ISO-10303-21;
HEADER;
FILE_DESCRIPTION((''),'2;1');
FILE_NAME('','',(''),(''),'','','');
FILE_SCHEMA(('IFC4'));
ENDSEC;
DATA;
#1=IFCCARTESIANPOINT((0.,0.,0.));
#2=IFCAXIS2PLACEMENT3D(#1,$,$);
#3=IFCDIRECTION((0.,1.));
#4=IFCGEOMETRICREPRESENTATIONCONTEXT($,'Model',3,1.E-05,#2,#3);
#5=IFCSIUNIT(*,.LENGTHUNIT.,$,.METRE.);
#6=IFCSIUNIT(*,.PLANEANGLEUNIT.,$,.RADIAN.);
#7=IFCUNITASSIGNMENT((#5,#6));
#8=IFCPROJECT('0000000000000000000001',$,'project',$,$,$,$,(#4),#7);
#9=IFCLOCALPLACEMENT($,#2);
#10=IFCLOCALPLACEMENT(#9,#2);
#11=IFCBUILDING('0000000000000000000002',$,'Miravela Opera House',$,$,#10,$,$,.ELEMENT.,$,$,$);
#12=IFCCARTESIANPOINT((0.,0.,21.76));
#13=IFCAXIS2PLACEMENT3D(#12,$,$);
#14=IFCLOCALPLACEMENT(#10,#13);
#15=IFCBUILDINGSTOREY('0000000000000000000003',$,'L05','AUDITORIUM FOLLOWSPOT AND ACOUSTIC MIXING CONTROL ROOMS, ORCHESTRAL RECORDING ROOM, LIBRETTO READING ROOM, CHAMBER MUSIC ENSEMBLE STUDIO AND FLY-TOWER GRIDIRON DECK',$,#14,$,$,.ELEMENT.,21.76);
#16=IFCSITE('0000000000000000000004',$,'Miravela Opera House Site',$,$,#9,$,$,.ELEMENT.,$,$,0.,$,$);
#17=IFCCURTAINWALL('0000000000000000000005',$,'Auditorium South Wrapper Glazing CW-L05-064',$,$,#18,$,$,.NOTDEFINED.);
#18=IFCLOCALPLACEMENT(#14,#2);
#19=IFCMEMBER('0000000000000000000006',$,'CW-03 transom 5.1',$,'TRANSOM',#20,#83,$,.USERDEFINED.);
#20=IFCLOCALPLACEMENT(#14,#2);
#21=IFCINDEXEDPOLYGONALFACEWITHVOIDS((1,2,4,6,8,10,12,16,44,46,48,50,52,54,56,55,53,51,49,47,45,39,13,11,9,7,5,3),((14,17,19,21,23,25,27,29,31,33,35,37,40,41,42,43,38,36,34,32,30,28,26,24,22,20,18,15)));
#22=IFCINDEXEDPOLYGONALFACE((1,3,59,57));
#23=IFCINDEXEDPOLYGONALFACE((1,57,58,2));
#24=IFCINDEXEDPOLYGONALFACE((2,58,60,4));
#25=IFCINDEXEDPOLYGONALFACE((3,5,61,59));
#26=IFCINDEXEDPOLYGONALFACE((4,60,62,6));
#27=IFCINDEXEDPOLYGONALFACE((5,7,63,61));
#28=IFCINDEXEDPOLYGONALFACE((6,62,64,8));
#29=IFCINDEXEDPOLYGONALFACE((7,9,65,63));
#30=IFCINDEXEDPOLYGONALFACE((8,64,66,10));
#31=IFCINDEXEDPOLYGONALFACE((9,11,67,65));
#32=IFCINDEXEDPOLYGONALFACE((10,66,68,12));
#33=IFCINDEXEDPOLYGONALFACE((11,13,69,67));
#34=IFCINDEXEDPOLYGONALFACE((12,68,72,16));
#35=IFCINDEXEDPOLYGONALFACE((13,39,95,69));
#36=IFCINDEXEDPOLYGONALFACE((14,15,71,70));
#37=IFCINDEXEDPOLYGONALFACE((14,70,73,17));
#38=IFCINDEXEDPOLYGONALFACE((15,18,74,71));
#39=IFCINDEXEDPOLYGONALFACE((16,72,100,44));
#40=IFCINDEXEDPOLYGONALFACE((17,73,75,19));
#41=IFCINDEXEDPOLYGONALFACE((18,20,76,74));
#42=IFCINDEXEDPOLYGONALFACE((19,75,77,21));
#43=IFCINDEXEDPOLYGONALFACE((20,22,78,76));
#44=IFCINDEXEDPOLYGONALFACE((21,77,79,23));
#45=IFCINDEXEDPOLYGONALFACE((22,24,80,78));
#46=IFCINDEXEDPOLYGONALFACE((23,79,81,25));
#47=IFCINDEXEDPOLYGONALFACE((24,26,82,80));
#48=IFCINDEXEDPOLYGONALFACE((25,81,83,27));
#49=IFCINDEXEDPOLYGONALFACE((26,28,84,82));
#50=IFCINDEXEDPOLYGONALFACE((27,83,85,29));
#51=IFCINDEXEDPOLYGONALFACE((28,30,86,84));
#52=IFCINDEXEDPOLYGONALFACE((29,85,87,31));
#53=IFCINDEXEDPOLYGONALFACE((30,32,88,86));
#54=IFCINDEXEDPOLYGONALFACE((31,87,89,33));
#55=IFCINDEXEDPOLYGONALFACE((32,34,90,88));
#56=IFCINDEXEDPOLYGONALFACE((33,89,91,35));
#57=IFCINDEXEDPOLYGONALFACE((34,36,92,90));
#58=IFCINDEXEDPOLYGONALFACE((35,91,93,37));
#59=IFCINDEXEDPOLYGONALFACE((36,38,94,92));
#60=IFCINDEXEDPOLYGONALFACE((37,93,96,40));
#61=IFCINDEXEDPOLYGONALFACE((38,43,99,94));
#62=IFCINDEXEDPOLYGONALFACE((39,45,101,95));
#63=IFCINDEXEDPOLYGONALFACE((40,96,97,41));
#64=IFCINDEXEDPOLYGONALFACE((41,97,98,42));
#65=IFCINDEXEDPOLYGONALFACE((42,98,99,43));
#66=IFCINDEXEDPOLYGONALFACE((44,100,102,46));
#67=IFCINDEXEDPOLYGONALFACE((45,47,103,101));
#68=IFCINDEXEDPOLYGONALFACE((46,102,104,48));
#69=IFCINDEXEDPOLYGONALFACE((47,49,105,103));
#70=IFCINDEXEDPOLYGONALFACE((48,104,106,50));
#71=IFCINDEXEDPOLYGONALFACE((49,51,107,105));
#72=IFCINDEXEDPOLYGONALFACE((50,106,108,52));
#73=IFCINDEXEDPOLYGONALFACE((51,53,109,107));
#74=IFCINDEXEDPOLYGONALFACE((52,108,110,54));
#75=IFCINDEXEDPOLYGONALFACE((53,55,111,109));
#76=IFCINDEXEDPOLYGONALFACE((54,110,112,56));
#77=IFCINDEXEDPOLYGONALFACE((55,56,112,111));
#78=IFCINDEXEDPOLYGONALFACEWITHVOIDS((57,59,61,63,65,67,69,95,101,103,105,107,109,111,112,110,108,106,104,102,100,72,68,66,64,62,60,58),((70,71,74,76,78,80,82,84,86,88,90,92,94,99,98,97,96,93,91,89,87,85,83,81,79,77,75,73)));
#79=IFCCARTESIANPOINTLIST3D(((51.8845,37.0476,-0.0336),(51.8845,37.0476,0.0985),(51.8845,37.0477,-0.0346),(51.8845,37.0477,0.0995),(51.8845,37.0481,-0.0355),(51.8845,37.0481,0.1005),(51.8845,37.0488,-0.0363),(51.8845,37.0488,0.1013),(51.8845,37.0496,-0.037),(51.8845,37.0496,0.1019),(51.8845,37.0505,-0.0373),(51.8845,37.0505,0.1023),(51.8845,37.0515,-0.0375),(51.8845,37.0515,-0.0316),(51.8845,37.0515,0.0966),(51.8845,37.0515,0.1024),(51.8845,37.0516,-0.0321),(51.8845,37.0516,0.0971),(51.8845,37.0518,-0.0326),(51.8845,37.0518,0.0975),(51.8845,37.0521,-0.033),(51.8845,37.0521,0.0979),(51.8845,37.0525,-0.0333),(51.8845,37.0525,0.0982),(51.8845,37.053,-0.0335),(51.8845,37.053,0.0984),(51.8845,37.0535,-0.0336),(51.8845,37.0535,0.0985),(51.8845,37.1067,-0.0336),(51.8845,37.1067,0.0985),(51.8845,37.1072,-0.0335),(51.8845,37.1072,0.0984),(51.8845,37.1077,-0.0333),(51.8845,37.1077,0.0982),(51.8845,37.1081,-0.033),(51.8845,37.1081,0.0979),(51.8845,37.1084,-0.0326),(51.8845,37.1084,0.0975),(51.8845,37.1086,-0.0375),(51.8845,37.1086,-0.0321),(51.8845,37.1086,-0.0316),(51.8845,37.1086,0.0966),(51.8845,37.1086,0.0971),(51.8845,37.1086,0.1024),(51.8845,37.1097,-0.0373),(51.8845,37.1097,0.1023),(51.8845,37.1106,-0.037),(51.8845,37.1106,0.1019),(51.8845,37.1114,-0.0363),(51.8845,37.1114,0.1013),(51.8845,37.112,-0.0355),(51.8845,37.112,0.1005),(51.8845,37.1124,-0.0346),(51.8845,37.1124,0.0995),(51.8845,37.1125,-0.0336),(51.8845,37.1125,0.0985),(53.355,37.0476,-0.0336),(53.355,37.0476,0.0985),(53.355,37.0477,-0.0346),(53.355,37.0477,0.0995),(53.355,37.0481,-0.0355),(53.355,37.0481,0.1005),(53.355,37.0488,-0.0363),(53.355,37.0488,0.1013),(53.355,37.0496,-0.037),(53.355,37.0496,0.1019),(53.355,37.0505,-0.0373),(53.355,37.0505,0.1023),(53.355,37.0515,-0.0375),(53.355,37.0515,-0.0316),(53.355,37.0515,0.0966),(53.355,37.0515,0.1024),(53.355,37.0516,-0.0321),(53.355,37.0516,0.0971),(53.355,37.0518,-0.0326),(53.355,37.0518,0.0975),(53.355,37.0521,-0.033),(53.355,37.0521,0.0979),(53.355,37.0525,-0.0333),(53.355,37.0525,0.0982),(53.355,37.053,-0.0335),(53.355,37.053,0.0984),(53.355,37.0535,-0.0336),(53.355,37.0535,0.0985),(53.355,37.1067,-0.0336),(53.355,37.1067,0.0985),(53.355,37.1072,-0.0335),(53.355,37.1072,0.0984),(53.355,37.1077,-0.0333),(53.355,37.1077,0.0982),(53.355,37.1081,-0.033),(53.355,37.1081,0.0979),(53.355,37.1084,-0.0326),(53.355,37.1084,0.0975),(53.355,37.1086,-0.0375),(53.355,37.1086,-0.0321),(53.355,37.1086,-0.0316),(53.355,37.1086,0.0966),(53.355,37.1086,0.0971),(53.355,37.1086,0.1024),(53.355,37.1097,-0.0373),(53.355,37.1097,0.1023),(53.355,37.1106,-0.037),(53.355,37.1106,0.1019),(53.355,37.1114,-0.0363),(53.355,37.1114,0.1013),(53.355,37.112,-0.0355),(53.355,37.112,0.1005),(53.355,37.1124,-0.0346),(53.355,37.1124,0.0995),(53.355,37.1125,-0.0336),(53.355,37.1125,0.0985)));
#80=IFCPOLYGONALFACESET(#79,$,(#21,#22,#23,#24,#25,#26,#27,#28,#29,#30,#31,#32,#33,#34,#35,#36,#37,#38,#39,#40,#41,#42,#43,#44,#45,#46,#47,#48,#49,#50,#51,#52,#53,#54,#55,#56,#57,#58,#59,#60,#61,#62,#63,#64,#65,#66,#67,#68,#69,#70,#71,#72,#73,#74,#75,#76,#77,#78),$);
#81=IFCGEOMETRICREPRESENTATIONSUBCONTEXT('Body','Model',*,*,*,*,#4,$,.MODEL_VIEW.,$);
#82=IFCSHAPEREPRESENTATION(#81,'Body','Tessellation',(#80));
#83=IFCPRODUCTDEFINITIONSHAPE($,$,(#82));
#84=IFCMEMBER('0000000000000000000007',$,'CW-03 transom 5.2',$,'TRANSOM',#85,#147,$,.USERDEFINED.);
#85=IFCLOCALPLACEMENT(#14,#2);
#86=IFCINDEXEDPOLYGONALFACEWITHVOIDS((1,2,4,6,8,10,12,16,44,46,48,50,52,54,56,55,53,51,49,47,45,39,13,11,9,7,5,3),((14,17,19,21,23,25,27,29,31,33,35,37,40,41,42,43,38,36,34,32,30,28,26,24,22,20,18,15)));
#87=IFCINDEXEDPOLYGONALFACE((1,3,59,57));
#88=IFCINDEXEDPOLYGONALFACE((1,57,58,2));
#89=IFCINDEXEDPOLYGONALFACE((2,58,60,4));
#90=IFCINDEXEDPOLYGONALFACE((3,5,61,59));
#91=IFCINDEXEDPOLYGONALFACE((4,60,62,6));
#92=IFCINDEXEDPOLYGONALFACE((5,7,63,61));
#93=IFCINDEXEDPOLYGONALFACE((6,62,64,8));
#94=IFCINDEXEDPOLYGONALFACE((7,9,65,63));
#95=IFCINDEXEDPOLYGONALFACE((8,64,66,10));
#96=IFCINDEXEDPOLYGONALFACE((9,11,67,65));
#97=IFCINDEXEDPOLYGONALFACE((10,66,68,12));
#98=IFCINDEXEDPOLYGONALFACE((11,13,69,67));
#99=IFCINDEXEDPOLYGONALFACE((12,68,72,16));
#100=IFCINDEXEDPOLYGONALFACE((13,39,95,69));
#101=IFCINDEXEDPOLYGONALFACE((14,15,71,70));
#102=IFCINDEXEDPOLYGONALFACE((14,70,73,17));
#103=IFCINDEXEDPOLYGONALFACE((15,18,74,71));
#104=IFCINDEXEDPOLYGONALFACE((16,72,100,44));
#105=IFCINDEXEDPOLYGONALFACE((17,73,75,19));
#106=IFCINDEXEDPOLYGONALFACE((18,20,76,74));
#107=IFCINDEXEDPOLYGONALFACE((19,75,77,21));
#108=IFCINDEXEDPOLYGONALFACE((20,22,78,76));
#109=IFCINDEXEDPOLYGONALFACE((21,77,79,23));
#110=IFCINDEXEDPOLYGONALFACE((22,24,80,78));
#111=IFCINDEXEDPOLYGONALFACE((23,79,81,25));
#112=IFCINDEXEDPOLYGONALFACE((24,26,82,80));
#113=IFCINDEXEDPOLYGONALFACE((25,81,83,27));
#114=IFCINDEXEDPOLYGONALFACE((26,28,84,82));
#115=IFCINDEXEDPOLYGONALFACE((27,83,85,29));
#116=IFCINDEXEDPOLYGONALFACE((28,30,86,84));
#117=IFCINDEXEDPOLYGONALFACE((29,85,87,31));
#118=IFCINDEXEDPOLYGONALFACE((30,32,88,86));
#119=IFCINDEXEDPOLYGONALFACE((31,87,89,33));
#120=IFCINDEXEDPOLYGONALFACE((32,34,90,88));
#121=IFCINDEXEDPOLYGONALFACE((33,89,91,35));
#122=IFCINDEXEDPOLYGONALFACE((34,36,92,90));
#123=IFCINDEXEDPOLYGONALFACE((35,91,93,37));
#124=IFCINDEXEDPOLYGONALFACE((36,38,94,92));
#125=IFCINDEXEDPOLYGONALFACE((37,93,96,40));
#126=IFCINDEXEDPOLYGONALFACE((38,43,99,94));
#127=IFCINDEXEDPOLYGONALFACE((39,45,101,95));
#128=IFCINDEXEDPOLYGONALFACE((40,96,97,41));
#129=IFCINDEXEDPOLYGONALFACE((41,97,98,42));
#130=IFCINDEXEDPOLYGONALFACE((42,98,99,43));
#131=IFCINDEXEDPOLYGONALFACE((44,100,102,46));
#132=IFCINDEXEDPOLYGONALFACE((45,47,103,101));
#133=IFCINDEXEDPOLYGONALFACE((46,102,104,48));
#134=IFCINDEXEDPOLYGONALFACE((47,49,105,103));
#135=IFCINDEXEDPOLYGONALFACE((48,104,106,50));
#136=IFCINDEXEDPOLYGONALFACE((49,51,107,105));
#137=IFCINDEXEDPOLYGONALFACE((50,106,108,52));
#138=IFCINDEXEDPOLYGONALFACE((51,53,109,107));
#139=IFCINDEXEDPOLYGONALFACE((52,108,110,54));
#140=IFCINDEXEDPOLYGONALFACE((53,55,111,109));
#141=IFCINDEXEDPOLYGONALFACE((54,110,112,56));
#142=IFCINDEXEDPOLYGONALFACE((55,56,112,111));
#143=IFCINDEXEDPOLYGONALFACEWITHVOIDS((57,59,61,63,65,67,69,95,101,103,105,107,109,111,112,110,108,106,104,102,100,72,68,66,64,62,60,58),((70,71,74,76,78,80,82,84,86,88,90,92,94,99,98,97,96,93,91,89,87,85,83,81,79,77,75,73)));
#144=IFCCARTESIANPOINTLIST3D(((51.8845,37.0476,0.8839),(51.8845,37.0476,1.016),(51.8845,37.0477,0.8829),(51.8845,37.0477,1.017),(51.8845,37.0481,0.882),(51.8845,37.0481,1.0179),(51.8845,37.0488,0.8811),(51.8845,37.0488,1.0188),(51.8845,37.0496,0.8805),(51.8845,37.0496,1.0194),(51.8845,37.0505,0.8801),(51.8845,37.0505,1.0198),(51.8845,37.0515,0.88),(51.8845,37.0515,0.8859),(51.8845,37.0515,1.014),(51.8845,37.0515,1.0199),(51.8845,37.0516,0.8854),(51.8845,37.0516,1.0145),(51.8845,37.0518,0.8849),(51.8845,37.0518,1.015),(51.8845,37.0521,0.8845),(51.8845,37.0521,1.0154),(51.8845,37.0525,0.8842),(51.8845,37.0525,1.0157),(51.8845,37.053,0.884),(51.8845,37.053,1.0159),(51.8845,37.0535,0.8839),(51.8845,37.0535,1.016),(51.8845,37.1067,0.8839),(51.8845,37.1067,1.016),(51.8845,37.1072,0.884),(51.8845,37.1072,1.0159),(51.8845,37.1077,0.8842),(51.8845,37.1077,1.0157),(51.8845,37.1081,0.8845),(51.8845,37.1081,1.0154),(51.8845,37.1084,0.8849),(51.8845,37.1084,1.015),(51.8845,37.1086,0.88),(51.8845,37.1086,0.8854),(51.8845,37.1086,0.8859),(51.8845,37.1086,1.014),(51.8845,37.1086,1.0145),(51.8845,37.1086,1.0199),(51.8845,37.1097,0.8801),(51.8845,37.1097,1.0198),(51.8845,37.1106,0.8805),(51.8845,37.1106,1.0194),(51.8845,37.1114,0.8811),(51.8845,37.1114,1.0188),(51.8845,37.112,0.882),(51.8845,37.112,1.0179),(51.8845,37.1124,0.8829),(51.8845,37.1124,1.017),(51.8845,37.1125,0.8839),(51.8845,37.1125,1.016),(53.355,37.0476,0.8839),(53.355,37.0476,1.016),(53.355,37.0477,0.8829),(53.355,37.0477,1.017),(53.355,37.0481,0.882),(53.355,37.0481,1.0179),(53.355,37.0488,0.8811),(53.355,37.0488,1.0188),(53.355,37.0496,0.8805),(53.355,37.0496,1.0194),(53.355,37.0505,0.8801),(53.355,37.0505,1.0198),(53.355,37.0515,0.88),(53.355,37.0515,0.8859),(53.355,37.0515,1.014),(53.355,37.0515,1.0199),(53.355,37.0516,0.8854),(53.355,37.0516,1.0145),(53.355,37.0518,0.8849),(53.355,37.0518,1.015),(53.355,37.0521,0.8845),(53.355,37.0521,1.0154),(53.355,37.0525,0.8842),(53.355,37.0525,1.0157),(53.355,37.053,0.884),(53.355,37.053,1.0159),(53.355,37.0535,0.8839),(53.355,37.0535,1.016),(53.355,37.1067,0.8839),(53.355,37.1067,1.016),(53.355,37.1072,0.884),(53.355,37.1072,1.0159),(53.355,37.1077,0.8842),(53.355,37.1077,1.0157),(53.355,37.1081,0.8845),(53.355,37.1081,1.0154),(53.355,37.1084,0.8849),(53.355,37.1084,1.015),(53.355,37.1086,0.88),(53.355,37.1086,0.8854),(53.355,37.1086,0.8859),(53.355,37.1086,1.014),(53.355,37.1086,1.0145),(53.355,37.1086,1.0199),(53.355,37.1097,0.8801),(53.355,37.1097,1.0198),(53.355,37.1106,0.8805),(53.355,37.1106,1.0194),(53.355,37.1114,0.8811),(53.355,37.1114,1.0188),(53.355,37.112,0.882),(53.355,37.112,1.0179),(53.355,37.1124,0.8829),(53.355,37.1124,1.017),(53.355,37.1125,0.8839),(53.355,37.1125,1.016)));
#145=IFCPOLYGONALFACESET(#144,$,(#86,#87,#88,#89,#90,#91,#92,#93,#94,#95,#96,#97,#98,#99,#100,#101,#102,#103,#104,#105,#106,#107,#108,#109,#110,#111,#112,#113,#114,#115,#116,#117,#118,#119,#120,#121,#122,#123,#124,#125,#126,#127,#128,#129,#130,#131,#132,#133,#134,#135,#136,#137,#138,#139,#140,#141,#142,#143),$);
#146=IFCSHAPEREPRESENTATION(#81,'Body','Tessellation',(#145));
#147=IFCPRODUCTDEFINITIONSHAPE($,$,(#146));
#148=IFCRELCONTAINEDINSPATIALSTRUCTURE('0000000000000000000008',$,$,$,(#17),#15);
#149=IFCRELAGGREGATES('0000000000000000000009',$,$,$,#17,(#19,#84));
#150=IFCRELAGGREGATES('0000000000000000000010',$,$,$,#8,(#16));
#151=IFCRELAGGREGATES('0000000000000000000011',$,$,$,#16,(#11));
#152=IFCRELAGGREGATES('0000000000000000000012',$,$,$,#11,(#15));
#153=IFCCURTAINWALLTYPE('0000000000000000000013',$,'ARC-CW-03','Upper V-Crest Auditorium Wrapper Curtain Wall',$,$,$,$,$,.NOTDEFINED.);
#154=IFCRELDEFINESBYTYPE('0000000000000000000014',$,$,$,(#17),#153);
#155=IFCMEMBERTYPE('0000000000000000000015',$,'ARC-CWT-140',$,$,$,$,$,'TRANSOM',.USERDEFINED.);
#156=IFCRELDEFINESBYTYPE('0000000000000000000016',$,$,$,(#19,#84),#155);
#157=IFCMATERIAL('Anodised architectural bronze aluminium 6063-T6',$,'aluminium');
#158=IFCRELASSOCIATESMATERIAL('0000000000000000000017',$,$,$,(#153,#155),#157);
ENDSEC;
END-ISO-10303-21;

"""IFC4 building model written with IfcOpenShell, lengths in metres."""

from ifc_helpers import new_model, si_unit, direction, frame, origin, origin_2d, place, context, subcontext, project, spatial, hollow_rectangle, extrude, material, material_profile, profile_set, type_object, element, aggregate, save


model = new_model("IFC4")

# Units and contexts
model_context = context("Model", 3, precision=1e-05, world=origin(), true_north=direction((0.0, 1.0)))
body_context = subcontext(model_context, "Body", "Model", "MODEL_VIEW")
ifc_project = project(units=[si_unit("LENGTHUNIT", "METRE"), si_unit("PLANEANGLEUNIT", "RADIAN")], contexts=[model_context])

# Site, building, storey
site_placement = place(None, origin())
site = spatial("IfcSite", under=ifc_project, at=site_placement, Name="Miravela Opera House Site", CompositionType="ELEMENT", RefElevation=0.0)
building_placement = place(site_placement, origin())
building = spatial("IfcBuilding", under=site, at=building_placement, Name="Miravela Opera House", CompositionType="ELEMENT")
storey_placement = place(building_placement, frame((0.0, 0.0, 21.76)))
storey = spatial("IfcBuildingStorey", under=building, at=storey_placement, Name="L05", Description="AUDITORIUM FOLLOWSPOT AND ACOUSTIC MIXING CONTROL ROOMS, ORCHESTRAL RECORDING ROOM, LIBRETTO READING ROOM, CHAMBER MUSIC ENSEMBLE STUDIO AND FLY-TOWER GRIDIRON DECK", CompositionType="ELEMENT", Elevation=21.76)

# Curtain wall
ifc_material_1 = material(Name="Anodised architectural bronze aluminium 6063-T6", Category="aluminium")
curtain_wall_type = type_object("IfcCurtainWallType", Name="ARC-CW-03", Description="Upper V-Crest Auditorium Wrapper Curtain Wall", PredefinedType="NOTDEFINED", material=ifc_material_1)
curtain_wall_1_placement = place(storey_placement, origin())
curtain_wall_1 = element("IfcCurtainWall", 1, at=curtain_wall_1_placement, inside=storey, type_object=curtain_wall_type, Name="Auditorium South Wrapper Glazing CW-L05-064", PredefinedType="NOTDEFINED")

# Members
ifc_material_profile_1 = material_profile(ifc_material_1, hollow_rectangle(XDim=0.0649, YDim=0.1399, WallThickness=0.0039, InnerFilletRadius=0.002, OuterFilletRadius=0.0039, at=origin_2d()), Name="CWT-65X140")
ifc_profile_set_1 = profile_set([ifc_material_profile_1])
member_type_1 = type_object("IfcMemberType", Name="ARC-CWT-140", ElementType="TRANSOM", PredefinedType="USERDEFINED", material=ifc_profile_set_1)
member_1_placement = place(storey_placement, frame((51.8845, 37.0801, 0.0325), z_axis=(1.0, 0.0, 0.0), x_axis=(0.0, 1.0, 0.0)))
member_1 = element("IfcMember", 2, at=member_1_placement, type_object=member_type_1, Name="CW-03 transom 5.1", ObjectType="TRANSOM", PredefinedType="USERDEFINED", context=body_context, shape_type="SweptSolid", body=[
    extrude(hollow_rectangle(XDim=0.0649, YDim=0.1399, WallThickness=0.0039, InnerFilletRadius=0.002, OuterFilletRadius=0.0039, at=origin_2d()), origin(), (0.0, 0.0, 1.0), 1.4705),
])
member_2_placement = place(storey_placement, frame((51.8845, 37.0801, 0.95), z_axis=(1.0, 0.0, 0.0), x_axis=(0.0, 1.0, 0.0)))
member_2 = element("IfcMember", 3, at=member_2_placement, type_object=member_type_1, Name="CW-03 transom 5.2", ObjectType="TRANSOM", PredefinedType="USERDEFINED", context=body_context, shape_type="SweptSolid", body=[
    extrude(hollow_rectangle(XDim=0.0649, YDim=0.1399, WallThickness=0.0039, InnerFilletRadius=0.002, OuterFilletRadius=0.0039, at=origin_2d()), origin(), (0.0, 0.0, 1.0), 1.4705),
])

aggregate(curtain_wall_1, [member_1, member_2])

save(model, "model.ifc")
